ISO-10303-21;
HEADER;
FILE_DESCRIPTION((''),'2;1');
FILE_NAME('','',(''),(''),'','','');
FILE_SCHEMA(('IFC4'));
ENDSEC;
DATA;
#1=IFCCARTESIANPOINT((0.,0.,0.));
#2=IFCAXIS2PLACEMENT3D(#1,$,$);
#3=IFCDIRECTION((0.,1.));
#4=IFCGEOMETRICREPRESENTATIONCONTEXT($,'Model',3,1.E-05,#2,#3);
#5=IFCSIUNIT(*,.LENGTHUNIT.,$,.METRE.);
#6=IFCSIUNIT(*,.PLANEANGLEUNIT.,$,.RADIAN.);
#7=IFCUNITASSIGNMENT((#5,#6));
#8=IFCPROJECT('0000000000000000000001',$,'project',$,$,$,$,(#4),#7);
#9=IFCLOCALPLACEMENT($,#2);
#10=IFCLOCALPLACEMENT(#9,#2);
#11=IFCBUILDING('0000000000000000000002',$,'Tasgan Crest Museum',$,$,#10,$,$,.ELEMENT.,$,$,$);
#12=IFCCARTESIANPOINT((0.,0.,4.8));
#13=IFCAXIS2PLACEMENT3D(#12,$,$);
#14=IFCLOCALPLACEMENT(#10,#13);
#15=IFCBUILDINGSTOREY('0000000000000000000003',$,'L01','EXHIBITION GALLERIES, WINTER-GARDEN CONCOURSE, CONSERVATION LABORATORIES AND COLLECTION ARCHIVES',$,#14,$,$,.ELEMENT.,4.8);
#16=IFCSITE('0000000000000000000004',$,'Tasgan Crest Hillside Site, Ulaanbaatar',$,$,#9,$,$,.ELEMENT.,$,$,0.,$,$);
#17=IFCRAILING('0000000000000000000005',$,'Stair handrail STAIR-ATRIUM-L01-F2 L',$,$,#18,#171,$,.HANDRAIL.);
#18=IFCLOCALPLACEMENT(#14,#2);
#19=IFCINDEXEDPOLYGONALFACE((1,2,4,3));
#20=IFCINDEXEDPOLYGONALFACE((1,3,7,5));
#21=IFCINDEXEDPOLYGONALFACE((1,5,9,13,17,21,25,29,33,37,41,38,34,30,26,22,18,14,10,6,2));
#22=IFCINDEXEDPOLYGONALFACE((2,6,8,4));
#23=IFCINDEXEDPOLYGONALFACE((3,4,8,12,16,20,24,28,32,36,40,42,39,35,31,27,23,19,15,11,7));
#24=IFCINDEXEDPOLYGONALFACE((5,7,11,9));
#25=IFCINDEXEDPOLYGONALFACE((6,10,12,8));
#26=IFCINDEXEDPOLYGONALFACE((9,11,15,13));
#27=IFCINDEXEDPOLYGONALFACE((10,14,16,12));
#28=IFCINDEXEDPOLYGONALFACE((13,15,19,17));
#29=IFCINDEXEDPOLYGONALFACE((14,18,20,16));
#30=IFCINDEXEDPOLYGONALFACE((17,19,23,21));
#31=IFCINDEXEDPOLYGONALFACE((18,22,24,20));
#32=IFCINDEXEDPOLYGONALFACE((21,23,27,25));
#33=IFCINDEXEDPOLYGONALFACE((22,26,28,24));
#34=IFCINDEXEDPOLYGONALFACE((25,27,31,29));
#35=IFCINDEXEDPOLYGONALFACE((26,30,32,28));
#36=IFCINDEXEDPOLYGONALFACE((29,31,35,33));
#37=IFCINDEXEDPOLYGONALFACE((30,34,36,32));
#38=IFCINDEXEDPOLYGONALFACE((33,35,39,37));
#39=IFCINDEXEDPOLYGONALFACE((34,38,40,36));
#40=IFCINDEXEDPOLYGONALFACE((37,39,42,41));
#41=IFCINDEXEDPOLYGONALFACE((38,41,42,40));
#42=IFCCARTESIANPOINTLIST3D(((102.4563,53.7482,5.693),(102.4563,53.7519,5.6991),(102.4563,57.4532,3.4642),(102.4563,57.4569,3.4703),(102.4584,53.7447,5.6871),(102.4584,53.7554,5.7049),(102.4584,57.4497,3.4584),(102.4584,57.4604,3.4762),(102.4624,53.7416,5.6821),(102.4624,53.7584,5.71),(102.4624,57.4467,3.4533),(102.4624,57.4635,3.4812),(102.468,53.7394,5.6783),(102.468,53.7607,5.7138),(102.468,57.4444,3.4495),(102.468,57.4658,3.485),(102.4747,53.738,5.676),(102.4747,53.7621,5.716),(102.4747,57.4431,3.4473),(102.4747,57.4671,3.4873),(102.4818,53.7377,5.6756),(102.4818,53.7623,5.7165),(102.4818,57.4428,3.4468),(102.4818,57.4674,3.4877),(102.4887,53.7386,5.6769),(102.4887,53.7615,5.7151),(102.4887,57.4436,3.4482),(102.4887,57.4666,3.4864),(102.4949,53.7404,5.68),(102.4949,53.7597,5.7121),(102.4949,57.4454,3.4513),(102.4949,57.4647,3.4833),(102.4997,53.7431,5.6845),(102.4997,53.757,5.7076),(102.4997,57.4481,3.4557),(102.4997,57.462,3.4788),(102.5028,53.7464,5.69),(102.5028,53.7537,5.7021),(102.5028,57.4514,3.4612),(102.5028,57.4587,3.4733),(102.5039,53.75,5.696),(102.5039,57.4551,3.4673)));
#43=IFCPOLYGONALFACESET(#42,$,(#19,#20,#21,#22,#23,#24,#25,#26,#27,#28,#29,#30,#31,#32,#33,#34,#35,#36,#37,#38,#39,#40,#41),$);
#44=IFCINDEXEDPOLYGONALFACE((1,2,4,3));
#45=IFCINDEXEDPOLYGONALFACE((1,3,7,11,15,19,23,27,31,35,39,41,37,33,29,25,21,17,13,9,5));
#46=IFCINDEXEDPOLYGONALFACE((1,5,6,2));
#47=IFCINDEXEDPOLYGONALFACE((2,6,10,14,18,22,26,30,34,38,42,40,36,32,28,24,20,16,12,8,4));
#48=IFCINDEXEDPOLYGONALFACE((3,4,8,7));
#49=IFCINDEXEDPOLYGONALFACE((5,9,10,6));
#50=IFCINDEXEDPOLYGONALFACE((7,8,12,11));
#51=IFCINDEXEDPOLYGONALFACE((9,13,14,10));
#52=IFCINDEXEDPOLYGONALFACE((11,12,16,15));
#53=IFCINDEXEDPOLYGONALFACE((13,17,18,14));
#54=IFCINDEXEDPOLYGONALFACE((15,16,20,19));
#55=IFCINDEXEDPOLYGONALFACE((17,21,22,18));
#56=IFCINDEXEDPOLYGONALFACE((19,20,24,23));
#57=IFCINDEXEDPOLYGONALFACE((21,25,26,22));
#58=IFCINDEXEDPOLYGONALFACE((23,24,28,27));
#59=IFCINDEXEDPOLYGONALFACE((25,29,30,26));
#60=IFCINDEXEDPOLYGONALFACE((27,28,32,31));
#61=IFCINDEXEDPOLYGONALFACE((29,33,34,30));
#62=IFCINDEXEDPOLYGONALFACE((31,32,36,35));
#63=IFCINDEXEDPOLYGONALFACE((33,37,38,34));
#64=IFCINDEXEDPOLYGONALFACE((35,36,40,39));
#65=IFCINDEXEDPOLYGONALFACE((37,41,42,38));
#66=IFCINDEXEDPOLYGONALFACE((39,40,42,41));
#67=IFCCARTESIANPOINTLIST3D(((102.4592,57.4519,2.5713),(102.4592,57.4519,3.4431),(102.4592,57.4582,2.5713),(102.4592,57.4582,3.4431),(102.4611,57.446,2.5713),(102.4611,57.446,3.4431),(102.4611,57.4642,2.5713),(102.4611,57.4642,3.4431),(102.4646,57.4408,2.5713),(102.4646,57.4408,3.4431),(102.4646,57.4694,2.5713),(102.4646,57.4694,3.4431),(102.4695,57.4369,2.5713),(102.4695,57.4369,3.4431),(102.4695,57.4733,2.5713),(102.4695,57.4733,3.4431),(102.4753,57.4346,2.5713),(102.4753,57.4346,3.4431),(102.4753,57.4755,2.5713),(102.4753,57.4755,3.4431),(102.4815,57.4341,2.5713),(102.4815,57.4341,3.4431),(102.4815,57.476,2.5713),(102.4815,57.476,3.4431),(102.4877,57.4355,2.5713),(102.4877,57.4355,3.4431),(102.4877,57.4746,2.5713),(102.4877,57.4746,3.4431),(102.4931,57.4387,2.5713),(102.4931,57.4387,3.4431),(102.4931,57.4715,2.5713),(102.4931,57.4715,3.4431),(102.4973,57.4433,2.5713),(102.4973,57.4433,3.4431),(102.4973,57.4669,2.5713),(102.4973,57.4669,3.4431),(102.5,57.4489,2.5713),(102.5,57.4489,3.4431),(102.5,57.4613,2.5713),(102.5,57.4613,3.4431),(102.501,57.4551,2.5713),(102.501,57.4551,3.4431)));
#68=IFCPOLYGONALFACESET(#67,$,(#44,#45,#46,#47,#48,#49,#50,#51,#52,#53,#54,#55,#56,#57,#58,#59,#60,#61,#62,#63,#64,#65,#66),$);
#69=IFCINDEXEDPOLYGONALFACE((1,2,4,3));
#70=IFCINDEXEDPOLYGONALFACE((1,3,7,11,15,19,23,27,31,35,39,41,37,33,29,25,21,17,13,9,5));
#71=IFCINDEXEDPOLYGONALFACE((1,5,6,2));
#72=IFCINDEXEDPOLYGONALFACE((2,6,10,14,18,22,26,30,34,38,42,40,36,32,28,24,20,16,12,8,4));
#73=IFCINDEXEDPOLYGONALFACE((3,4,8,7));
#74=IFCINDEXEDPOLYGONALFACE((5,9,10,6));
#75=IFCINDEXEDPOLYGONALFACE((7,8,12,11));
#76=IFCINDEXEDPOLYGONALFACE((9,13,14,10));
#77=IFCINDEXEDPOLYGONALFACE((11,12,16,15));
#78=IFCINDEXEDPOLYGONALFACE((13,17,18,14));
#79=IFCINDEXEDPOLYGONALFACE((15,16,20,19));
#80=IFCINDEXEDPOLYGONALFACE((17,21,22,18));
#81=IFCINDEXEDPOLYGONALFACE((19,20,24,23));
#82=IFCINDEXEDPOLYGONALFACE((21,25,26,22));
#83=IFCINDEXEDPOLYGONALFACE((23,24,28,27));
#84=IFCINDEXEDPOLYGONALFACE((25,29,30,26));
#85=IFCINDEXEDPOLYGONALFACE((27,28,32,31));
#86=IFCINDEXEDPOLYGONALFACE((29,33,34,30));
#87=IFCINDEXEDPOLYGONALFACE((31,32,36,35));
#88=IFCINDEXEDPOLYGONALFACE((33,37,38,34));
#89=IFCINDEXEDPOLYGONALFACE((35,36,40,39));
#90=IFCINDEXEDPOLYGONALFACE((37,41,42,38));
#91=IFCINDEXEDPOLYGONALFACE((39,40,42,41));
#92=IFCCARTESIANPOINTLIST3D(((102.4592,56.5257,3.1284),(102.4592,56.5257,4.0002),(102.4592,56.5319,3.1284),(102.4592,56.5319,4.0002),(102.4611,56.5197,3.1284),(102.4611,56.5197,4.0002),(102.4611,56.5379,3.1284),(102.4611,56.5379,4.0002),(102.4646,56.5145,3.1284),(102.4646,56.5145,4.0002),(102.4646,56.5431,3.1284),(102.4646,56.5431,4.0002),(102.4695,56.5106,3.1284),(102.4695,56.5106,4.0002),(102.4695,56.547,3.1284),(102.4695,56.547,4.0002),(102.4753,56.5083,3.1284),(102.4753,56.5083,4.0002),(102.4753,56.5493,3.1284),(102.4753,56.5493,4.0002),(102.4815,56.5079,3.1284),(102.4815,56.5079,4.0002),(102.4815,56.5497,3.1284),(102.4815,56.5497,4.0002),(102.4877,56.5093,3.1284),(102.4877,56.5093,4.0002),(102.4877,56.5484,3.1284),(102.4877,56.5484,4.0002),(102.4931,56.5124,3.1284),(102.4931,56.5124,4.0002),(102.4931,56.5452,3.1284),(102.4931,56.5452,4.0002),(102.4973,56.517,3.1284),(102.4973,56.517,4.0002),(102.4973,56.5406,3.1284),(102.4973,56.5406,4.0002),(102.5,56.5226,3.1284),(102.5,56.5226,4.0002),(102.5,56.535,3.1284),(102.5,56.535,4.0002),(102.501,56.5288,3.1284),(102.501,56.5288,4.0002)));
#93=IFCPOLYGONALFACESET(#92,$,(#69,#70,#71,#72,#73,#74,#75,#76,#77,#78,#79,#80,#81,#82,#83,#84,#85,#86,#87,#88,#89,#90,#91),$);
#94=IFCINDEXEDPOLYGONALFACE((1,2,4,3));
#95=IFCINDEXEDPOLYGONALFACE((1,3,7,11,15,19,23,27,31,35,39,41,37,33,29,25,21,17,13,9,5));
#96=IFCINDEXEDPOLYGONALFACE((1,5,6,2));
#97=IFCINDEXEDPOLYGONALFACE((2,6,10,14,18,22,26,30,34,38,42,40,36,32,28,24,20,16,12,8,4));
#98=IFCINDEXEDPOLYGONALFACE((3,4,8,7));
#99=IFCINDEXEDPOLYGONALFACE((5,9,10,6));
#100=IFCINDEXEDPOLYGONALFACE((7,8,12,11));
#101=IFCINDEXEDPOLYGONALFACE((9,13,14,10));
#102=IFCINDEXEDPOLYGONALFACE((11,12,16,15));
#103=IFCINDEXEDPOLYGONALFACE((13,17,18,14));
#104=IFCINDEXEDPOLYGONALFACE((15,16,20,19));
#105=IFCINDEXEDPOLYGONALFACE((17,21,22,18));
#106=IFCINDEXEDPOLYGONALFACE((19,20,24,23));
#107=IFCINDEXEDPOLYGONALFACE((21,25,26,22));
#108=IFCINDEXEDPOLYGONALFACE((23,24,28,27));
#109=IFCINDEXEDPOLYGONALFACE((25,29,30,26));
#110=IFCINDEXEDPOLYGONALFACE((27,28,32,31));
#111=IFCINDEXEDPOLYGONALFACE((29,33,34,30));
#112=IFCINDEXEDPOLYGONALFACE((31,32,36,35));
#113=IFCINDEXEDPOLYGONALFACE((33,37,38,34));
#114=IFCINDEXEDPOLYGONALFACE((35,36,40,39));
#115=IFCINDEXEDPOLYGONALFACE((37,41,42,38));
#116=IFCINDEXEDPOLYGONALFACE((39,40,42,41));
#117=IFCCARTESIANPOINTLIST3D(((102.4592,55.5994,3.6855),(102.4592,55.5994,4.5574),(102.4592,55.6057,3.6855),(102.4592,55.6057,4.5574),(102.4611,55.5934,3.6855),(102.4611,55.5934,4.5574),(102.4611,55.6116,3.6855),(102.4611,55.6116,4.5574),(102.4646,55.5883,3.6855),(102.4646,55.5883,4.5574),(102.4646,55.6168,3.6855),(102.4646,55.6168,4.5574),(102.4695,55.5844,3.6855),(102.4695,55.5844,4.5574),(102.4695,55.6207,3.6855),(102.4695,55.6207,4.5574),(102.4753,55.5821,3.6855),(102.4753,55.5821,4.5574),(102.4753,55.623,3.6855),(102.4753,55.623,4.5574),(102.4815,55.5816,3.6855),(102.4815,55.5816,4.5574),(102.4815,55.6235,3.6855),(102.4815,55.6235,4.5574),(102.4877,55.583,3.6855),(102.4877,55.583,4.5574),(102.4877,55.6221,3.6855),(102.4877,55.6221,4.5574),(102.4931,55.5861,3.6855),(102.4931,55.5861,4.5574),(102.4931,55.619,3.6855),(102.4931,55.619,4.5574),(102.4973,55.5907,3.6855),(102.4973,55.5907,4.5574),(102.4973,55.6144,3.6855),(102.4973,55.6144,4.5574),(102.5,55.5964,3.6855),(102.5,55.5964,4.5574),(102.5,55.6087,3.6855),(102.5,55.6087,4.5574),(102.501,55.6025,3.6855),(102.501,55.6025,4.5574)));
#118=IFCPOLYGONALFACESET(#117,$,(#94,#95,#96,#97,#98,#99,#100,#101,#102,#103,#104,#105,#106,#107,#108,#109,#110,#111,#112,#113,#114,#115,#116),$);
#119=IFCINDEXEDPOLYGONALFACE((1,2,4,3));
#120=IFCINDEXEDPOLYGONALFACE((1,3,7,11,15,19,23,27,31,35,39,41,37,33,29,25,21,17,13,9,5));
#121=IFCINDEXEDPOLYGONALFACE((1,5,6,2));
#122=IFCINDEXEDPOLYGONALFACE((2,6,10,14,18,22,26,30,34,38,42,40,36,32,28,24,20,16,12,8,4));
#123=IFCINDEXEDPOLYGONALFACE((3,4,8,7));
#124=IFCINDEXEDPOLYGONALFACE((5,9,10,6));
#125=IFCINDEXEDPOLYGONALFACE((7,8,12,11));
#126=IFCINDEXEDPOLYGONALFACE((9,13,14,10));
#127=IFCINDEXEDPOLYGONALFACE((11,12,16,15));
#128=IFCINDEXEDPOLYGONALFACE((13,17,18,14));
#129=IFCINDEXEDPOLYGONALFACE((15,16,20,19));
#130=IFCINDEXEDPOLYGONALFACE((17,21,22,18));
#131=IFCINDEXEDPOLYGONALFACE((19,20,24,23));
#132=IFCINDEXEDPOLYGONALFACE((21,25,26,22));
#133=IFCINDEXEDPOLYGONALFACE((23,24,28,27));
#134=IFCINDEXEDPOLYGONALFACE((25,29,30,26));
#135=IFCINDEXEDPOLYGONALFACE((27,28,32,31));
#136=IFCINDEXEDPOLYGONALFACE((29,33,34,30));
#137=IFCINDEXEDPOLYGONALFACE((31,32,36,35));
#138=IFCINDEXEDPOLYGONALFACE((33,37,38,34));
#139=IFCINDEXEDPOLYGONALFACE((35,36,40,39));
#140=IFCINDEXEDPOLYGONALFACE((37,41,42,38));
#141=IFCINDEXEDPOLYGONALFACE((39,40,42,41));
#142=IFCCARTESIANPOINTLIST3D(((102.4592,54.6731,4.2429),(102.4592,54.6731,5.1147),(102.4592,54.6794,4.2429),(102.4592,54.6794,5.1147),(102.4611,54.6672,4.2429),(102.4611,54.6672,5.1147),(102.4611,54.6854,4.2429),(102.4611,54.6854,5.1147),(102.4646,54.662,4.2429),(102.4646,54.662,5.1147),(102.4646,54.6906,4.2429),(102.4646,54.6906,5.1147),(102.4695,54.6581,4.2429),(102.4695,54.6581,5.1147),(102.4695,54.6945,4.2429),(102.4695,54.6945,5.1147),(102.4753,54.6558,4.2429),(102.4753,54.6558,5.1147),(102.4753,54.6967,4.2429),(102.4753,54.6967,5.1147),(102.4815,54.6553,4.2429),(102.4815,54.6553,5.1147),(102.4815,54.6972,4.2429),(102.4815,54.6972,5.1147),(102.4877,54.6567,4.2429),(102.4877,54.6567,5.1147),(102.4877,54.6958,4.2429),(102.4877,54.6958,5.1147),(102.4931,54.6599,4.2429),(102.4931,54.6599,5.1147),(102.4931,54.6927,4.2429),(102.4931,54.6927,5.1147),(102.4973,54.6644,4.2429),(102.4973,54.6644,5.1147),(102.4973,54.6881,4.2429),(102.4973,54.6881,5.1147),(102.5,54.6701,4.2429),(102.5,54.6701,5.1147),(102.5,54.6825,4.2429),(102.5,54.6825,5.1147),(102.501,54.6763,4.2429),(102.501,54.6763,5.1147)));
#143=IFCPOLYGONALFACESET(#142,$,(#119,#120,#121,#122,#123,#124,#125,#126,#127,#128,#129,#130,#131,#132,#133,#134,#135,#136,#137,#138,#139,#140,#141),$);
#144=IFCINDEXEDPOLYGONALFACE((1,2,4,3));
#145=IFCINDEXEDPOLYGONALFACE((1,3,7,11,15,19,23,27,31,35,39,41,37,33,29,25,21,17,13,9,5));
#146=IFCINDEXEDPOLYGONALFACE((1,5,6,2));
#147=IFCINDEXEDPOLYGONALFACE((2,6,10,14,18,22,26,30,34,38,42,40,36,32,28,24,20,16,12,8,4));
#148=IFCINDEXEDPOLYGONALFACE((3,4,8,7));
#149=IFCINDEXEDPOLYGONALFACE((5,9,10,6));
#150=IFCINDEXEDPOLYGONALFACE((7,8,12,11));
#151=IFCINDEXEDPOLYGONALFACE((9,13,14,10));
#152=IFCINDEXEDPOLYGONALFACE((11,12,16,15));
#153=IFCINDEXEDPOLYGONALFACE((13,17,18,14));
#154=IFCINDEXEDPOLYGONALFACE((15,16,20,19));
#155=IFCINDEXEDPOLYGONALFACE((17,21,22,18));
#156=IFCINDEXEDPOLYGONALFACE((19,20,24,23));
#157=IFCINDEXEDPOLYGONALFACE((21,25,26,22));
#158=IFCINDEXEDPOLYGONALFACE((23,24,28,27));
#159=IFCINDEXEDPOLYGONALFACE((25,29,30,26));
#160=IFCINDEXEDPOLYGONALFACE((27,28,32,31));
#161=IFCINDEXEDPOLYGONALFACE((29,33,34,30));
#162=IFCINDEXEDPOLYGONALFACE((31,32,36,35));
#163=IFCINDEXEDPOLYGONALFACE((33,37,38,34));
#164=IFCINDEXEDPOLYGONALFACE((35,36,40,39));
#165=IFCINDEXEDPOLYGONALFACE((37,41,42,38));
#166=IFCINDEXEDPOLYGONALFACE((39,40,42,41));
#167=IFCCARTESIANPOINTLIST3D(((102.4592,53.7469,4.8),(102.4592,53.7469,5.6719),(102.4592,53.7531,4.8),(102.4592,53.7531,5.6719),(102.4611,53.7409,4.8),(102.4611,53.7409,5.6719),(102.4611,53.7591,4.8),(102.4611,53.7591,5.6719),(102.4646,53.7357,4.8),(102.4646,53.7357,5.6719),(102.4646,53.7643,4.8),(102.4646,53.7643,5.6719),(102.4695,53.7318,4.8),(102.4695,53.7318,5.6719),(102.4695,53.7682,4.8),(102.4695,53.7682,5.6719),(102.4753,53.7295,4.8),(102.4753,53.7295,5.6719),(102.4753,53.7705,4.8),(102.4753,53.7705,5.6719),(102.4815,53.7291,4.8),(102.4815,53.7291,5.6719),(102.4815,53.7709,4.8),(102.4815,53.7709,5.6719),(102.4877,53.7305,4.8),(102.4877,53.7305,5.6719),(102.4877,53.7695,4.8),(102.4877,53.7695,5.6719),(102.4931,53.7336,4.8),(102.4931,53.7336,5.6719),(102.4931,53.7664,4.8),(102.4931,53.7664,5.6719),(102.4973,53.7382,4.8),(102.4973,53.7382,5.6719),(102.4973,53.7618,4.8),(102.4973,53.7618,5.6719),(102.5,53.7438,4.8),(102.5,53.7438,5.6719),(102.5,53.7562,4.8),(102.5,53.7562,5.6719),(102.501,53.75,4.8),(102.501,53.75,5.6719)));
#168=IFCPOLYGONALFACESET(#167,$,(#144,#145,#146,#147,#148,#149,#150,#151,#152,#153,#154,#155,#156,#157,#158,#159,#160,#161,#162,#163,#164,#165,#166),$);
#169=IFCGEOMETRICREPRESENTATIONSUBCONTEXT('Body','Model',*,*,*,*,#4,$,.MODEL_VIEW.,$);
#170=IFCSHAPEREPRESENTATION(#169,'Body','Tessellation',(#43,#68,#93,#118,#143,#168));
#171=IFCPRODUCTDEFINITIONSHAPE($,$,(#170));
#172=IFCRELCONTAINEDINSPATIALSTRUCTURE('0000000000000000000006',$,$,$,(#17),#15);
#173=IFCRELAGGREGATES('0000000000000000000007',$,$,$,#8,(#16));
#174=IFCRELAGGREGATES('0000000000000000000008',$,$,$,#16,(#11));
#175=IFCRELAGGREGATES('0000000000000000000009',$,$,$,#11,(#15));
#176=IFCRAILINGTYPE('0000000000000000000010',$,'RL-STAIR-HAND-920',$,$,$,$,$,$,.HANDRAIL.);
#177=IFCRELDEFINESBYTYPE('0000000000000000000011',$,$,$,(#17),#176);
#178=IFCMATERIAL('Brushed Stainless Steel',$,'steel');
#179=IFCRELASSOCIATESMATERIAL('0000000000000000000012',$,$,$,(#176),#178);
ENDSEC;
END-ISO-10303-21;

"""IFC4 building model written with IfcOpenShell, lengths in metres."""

from ifc_helpers import new_model, si_unit, direction, frame, origin, origin_2d, place, context, subcontext, project, spatial, circle, extrude, material, type_object, element, save


model = new_model("IFC4")

# Units and contexts
model_context = context("Model", 3, precision=1e-05, world=origin(), true_north=direction((0.0, 1.0)))
body_context = subcontext(model_context, "Body", "Model", "MODEL_VIEW")
ifc_project = project(units=[si_unit("LENGTHUNIT", "METRE"), si_unit("PLANEANGLEUNIT", "RADIAN")], contexts=[model_context])

# Site, building, storey
site_placement = place(None, origin())
site = spatial("IfcSite", under=ifc_project, at=site_placement, Name="Tasgan Crest Hillside Site, Ulaanbaatar", CompositionType="ELEMENT", RefElevation=0.0)
building_placement = place(site_placement, origin())
building = spatial("IfcBuilding", under=site, at=building_placement, Name="Tasgan Crest Museum", CompositionType="ELEMENT")
storey_placement = place(building_placement, frame((0.0, 0.0, 4.8)))
storey = spatial("IfcBuildingStorey", under=building, at=storey_placement, Name="L01", Description="EXHIBITION GALLERIES, WINTER-GARDEN CONCOURSE, CONSERVATION LABORATORIES AND COLLECTION ARCHIVES", CompositionType="ELEMENT", Elevation=4.8)

# Railing
ifc_material_1 = material(Name="Brushed Stainless Steel", Category="steel")
railing_type_1 = type_object("IfcRailingType", Name="RL-STAIR-HAND-920", PredefinedType="HANDRAIL", material=ifc_material_1)
for number, where, name in (
    (1, (102.48, 57.4551, 2.5713), "Stair handrail STAIR-ATRIUM-L01-F2 L"),
):
    element("IfcRailing", number, at=place(storey_placement, frame(where)), inside=storey, type_object=railing_type_1, Name=name, PredefinedType="HANDRAIL", context=body_context, shape_type="SweptSolid", body=[
        extrude(circle(Radius=0.0239, at=origin_2d()), frame((0.0, 0.0, 0.896), z_axis=(0.0, -0.856909, 0.515467), x_axis=(1.0, 0.0, 0.0)), (0.0, 0.0, 1.0), 4.3237),
        extrude(circle(Radius=0.021, at=origin_2d()), origin(), (0.0, 0.0, 1.0), 0.8718),
        extrude(circle(Radius=0.021, at=origin_2d()), frame((0.0, -0.9263, 0.5571)), (0.0, 0.0, 1.0), 0.8718),
        extrude(circle(Radius=0.021, at=origin_2d()), frame((0.0, -1.8525, 1.1143)), (0.0, 0.0, 1.0), 0.8718),
        extrude(circle(Radius=0.021, at=origin_2d()), frame((0.0, -2.7788, 1.6716)), (0.0, 0.0, 1.0), 0.8718),
        extrude(circle(Radius=0.021, at=origin_2d()), frame((0.0, -3.7051, 2.2288)), (0.0, 0.0, 1.0), 0.8718),
    ])

save(model, "model.ifc")
